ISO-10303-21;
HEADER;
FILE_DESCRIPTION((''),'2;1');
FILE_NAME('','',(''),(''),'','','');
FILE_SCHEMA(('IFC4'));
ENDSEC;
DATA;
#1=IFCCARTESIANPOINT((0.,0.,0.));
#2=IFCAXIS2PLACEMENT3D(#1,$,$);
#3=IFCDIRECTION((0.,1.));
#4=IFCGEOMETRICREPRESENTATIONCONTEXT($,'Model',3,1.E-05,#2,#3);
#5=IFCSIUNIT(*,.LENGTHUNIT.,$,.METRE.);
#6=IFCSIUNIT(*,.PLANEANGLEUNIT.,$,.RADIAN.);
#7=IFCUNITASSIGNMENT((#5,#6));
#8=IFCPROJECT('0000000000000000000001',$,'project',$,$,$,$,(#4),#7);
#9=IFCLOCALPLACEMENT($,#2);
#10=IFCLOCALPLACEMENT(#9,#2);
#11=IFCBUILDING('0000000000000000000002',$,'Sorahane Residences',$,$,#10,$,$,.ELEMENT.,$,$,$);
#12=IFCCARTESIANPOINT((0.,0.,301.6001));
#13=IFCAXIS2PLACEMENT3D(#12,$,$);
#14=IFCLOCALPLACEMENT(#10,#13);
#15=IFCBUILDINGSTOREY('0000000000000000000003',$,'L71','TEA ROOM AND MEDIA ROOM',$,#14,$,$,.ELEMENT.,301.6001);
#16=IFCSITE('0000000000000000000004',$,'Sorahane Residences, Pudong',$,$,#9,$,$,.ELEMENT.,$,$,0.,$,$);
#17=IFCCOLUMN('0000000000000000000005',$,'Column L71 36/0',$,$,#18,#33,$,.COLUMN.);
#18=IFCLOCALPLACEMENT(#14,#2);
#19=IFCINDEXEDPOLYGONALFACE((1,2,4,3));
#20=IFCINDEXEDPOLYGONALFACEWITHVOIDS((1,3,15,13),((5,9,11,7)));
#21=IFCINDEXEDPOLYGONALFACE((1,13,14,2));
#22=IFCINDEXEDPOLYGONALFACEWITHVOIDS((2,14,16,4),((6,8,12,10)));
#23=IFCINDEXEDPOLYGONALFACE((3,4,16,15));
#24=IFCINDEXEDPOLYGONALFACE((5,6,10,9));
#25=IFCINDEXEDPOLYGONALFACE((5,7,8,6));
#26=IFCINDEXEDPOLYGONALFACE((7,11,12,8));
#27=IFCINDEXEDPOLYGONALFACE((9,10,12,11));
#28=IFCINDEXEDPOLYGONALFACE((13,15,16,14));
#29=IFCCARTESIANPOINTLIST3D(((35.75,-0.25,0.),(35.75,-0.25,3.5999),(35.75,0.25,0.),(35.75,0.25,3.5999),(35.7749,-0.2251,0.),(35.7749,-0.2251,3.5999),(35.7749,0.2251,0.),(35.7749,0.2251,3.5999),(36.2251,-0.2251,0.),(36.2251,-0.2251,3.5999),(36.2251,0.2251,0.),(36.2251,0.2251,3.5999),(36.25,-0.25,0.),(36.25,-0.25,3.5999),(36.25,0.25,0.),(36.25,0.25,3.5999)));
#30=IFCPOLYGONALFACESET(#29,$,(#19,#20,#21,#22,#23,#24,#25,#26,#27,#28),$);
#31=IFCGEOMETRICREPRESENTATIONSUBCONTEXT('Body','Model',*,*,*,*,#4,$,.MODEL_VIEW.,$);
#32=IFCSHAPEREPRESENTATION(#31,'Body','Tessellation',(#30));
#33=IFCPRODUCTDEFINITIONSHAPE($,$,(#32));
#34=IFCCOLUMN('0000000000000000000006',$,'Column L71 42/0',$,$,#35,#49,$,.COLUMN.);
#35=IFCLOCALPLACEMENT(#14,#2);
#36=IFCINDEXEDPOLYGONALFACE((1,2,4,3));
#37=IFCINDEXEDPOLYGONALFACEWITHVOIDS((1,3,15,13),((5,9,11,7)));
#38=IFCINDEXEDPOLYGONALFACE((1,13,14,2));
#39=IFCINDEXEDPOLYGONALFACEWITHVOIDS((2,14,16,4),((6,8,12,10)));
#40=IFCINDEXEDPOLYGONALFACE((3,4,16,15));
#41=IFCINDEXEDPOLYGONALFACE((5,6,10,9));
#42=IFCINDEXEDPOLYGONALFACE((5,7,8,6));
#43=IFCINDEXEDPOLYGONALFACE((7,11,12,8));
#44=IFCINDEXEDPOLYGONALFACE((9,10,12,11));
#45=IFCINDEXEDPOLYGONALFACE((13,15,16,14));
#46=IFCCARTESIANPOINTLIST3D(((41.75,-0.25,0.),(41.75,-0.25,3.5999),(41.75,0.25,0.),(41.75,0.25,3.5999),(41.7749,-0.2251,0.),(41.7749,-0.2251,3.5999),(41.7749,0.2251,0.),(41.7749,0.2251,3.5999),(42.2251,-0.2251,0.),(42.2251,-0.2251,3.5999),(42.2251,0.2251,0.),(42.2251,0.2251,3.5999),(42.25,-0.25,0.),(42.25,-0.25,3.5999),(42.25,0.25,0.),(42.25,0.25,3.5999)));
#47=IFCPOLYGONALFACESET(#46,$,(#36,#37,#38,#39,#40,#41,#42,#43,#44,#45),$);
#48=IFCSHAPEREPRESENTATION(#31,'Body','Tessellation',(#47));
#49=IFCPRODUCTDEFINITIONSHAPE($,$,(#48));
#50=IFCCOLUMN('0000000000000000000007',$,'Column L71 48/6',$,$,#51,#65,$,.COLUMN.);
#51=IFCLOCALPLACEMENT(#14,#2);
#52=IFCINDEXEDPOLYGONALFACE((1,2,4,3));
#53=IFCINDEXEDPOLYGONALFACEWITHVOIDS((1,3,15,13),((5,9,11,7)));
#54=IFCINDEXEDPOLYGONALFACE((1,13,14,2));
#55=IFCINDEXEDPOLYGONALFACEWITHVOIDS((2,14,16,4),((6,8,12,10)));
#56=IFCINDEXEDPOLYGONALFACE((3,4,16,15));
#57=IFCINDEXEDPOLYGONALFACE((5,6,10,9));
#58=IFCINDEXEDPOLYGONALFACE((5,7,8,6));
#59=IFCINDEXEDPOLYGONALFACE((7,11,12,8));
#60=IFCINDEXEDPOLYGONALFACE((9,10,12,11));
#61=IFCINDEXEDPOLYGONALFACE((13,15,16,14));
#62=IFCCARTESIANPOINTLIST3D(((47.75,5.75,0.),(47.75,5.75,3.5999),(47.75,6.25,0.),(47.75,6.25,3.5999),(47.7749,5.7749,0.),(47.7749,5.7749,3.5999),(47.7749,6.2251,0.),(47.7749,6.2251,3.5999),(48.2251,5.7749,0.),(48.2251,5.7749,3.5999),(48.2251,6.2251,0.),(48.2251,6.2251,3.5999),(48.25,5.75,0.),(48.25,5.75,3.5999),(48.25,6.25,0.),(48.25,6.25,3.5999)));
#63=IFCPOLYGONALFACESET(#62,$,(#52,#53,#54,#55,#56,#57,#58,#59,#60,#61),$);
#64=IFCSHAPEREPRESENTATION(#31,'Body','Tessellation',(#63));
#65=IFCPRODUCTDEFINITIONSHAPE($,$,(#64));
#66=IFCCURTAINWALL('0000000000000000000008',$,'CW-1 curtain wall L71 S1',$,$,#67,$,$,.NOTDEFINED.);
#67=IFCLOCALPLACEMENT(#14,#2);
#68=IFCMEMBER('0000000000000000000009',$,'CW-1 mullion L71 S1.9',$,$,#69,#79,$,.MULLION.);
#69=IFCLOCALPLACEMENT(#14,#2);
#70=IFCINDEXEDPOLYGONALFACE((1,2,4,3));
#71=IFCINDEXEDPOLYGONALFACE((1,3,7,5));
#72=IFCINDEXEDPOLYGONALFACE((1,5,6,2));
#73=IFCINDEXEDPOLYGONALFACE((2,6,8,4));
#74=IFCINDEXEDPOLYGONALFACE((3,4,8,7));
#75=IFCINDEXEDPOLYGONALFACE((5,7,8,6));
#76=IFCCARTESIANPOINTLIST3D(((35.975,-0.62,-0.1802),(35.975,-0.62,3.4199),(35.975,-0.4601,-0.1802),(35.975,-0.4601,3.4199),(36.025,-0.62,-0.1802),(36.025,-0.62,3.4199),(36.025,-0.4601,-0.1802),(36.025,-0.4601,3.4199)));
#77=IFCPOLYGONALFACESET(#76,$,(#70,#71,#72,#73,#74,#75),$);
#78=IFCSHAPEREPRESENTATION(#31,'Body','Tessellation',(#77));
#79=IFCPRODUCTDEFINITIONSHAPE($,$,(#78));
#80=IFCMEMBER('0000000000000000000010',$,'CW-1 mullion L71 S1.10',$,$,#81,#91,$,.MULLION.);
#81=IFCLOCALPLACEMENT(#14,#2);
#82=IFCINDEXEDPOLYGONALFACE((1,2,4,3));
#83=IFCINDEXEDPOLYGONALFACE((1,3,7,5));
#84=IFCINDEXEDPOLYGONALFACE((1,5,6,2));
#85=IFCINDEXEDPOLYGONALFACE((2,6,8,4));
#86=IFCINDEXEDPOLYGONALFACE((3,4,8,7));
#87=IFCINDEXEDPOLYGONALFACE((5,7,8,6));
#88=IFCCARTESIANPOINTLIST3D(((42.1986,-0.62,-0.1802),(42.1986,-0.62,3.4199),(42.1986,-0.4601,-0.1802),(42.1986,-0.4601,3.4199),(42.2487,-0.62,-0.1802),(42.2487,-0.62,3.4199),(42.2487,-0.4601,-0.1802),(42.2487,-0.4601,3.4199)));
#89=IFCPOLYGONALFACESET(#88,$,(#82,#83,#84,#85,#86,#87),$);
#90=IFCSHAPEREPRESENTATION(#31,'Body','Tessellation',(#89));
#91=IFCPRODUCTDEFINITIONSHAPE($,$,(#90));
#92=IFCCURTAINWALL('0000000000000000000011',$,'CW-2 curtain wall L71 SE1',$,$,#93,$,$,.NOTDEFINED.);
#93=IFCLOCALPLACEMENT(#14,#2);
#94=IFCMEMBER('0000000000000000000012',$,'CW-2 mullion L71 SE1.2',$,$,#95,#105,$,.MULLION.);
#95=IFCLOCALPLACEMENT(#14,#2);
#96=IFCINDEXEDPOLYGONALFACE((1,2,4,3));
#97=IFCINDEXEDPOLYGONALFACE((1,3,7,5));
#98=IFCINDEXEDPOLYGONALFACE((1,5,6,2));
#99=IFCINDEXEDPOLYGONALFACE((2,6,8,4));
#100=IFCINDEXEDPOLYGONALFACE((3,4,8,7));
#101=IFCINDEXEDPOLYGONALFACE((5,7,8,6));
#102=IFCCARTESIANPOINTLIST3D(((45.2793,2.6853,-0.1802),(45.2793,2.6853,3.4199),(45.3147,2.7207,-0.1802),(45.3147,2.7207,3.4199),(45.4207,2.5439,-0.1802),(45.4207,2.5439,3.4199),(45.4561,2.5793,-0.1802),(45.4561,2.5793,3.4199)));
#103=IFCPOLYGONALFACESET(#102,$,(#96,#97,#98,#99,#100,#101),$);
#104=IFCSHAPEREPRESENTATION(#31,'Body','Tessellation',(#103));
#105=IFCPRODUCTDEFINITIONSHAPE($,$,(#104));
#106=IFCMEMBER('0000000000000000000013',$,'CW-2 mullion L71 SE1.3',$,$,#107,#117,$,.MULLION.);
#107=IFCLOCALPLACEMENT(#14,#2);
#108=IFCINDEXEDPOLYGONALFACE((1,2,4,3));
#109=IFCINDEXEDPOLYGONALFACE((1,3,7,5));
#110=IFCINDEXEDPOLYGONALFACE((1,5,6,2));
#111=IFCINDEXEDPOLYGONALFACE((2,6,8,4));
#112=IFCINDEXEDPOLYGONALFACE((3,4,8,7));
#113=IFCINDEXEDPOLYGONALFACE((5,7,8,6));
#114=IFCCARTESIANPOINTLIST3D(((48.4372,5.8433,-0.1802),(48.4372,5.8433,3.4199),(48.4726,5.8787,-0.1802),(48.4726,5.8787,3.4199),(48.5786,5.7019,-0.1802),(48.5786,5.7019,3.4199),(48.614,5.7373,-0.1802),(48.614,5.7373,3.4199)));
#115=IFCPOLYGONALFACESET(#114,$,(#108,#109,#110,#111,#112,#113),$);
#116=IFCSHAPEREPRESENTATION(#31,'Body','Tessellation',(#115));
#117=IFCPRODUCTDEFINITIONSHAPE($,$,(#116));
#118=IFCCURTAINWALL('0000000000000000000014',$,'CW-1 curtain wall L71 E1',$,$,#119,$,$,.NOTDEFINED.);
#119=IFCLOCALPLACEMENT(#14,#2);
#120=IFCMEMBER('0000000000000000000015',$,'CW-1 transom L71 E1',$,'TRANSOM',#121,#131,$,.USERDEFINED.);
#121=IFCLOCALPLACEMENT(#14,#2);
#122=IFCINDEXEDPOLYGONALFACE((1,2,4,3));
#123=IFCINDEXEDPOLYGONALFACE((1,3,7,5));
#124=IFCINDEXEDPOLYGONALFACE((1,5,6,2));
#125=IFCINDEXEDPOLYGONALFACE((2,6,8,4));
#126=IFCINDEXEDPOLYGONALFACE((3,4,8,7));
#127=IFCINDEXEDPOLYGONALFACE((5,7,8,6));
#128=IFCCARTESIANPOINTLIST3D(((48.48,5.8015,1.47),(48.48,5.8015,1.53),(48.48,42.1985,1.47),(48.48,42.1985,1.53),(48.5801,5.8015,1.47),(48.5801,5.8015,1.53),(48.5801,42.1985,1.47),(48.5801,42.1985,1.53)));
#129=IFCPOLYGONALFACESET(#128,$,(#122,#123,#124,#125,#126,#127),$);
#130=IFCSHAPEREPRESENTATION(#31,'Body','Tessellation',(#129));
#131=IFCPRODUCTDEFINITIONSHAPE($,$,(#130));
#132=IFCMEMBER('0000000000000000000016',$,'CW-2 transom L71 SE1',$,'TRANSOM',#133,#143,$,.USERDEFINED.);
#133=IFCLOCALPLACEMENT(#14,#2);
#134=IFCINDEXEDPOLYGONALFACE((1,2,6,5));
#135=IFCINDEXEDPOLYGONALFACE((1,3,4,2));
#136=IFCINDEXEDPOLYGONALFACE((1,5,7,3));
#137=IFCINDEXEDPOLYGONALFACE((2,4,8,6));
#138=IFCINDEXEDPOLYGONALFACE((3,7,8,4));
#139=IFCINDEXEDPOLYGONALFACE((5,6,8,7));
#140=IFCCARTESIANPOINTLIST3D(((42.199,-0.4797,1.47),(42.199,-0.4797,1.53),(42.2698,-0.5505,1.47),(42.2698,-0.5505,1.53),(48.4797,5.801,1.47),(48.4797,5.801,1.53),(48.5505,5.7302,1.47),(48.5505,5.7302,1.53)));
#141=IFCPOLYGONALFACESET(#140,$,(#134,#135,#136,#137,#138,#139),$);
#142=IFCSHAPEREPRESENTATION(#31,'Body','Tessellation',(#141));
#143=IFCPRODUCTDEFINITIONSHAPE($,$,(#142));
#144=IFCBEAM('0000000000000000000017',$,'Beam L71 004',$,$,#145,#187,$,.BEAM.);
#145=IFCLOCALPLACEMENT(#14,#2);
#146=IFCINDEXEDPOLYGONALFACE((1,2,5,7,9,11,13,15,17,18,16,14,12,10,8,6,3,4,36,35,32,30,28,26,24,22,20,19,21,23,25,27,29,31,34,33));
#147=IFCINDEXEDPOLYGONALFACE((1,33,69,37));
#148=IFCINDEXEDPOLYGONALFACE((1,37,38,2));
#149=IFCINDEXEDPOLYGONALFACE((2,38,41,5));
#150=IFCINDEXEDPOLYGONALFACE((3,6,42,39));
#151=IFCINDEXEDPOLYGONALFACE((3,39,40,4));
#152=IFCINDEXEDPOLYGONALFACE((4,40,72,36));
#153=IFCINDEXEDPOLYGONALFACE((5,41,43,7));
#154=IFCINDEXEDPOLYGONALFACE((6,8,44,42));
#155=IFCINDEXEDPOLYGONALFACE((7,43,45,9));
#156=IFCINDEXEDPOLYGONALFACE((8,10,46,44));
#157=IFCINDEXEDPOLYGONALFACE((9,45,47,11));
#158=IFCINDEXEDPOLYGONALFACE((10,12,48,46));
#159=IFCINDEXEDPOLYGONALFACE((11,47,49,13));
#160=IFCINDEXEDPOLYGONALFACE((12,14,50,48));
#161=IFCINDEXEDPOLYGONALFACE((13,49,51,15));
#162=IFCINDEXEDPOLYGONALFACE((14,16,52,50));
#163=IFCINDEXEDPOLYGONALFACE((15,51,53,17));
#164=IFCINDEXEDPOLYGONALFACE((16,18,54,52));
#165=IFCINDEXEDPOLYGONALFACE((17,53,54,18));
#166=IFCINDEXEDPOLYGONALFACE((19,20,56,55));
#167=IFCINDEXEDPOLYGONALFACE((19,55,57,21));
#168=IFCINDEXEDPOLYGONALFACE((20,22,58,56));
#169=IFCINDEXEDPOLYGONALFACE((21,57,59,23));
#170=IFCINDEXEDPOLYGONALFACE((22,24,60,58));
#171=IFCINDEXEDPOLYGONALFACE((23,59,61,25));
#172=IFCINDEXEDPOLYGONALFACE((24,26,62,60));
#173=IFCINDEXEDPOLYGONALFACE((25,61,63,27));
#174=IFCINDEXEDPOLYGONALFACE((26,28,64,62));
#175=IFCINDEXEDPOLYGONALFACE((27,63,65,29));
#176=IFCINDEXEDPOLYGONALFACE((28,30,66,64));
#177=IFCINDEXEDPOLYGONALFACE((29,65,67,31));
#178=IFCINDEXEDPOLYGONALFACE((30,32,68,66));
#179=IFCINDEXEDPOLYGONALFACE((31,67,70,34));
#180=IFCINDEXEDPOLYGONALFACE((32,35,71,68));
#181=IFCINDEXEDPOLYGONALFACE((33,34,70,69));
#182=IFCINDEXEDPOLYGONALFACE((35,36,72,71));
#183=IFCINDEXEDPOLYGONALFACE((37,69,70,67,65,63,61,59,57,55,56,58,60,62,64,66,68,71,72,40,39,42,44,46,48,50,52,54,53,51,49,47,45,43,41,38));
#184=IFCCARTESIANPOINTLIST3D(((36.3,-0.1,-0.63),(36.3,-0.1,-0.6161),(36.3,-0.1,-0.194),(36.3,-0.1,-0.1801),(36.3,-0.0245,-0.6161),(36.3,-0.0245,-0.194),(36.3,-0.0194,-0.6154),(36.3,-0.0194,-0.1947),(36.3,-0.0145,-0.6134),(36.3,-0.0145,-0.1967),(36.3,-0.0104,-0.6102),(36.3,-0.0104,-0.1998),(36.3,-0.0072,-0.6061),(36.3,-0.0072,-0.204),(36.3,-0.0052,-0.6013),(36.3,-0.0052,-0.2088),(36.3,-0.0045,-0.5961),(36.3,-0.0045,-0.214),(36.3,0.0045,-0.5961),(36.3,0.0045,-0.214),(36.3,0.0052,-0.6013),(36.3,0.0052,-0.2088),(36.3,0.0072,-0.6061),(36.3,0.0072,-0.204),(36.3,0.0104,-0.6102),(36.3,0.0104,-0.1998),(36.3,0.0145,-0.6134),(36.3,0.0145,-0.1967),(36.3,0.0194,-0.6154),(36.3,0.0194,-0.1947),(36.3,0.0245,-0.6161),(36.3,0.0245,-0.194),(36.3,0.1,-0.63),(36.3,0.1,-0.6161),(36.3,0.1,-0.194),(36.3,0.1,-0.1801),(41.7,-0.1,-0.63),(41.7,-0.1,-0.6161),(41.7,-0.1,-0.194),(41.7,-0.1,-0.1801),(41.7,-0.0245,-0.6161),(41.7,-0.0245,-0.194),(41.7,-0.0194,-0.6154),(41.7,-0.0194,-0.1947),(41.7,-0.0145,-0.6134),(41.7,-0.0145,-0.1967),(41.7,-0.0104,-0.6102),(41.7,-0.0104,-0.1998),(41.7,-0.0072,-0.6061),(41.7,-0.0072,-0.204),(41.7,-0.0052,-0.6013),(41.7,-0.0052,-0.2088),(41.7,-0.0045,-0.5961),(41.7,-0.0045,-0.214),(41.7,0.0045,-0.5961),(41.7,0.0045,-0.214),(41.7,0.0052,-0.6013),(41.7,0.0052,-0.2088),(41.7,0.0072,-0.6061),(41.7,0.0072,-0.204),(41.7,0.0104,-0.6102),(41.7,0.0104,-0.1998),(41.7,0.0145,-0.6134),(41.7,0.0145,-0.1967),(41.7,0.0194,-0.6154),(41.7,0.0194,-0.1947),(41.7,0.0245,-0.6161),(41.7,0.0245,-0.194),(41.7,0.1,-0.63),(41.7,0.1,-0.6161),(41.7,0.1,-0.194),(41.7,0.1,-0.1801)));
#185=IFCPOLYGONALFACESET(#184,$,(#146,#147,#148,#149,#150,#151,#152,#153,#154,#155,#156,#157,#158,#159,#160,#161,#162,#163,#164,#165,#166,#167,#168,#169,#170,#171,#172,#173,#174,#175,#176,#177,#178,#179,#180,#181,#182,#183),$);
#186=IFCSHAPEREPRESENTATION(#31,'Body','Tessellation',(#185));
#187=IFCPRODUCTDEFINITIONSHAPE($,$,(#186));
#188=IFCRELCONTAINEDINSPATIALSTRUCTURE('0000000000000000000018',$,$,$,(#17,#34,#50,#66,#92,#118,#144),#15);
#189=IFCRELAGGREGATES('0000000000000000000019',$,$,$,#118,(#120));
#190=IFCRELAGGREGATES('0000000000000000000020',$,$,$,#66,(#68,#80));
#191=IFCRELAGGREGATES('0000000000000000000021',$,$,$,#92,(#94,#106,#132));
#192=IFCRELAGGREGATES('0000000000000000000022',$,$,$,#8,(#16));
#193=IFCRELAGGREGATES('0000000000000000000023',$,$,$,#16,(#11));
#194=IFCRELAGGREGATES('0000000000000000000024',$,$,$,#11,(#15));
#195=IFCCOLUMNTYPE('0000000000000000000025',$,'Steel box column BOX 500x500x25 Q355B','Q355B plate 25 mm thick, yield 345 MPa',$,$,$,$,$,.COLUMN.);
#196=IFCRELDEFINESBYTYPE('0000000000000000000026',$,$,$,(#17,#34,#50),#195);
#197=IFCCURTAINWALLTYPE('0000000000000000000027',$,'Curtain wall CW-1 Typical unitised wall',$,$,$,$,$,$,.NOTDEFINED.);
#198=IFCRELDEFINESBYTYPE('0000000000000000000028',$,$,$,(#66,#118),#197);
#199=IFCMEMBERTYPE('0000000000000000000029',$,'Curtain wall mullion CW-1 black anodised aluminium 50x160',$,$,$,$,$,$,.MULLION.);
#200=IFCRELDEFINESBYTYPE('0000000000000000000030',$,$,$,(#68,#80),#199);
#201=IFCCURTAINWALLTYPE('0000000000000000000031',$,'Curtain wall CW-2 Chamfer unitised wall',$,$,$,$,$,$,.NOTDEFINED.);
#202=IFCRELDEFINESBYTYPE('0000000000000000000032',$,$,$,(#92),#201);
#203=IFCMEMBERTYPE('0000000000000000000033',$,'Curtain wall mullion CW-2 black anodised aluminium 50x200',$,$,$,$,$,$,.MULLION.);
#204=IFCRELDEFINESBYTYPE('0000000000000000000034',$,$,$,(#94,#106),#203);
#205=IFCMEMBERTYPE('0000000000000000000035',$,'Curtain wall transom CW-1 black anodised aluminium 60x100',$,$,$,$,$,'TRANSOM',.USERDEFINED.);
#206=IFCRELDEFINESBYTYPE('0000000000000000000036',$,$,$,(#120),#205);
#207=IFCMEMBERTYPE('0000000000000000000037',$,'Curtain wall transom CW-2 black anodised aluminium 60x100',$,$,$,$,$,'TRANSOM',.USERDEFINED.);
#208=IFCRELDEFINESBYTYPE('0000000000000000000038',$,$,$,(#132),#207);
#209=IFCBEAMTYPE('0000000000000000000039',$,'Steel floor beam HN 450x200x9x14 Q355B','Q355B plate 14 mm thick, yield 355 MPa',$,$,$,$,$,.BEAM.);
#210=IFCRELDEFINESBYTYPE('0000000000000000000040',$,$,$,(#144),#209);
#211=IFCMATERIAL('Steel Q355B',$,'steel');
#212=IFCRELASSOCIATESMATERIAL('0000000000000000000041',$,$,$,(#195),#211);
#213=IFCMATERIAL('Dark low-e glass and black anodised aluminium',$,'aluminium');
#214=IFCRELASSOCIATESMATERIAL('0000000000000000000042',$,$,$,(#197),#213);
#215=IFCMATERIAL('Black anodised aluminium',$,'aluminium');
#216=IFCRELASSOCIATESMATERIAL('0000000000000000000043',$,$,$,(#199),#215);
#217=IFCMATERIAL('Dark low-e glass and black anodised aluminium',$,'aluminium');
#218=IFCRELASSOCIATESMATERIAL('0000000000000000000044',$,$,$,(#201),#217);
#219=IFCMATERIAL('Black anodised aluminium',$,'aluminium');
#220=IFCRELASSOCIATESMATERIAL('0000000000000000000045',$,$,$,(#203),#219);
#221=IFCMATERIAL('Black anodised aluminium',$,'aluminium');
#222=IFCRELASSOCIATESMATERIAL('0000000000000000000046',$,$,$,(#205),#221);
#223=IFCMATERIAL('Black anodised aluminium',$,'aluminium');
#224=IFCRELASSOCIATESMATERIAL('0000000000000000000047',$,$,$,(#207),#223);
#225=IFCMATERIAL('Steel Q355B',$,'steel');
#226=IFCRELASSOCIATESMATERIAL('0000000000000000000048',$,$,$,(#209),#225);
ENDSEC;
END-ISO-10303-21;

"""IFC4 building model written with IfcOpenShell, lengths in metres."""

from ifc_helpers import new_model, si_unit, direction, frame, origin, origin_2d, place, context, subcontext, project, spatial, rectangle, hollow_rectangle, i_section, extrude, material, material_profile, profile_set, type_object, element, aggregate, save


model = new_model("IFC4")

# Units and contexts
model_context = context("Model", 3, precision=1e-05, world=origin(), true_north=direction((0.0, 1.0)))
body_context = subcontext(model_context, "Body", "Model", "MODEL_VIEW")
ifc_project = project(units=[si_unit("LENGTHUNIT", "METRE"), si_unit("PLANEANGLEUNIT", "RADIAN")], contexts=[model_context])

# Site, building, storey
site_placement = place(None, origin())
site = spatial("IfcSite", under=ifc_project, at=site_placement, Name="Sorahane Residences, Pudong", CompositionType="ELEMENT", RefElevation=0.0)
building_placement = place(site_placement, origin())
building = spatial("IfcBuilding", under=site, at=building_placement, Name="Sorahane Residences", CompositionType="ELEMENT")
storey_placement = place(building_placement, frame((0.0, 0.0, 301.6001)))
storey = spatial("IfcBuildingStorey", under=building, at=storey_placement, Name="L71", Description="TEA ROOM AND MEDIA ROOM", CompositionType="ELEMENT", Elevation=301.6001)

# Columns
ifc_material_1 = material(Name="Steel Q355B", Category="steel")
ifc_material_profile_1 = material_profile(ifc_material_1, hollow_rectangle(XDim=0.5, YDim=0.5, WallThickness=0.0249, at=origin_2d()), Name="BOX 500x500x25")
ifc_profile_set_1 = profile_set([ifc_material_profile_1], Name="Steel Q355B")
column_type = type_object("IfcColumnType", Name="Steel box column BOX 500x500x25 Q355B", Description="Q355B plate 25 mm thick, yield 345 MPa", PredefinedType="COLUMN", material=ifc_profile_set_1)
for number, where, z_axis, x_axis, name in (
    (1, (36.0, 0.0, 0.0), (0.0, 0.0, 1.0), (1.0, 0.0, 0.0), "Column L71 36/0"),
    (2, (42.0, 0.0, 0.0), (0.0, 0.0, 1.0), (1.0, 0.0, 0.0), "Column L71 42/0"),
    (3, (48.0, 6.0, 0.0), (0.0, 0.0, 1.0), (1.0, 0.0, 0.0), "Column L71 48/6"),
):
    element("IfcColumn", number, at=place(storey_placement, frame(where, z_axis=z_axis, x_axis=x_axis)), inside=storey, type_object=column_type, Name=name, PredefinedType="COLUMN", context=body_context, shape_type="SweptSolid", body=[
        extrude(hollow_rectangle(XDim=0.5, YDim=0.5, WallThickness=0.0249, at=origin_2d()), origin(), (0.0, 0.0, 1.0), 3.5999),
    ])

# Curtain walls, members
ifc_material_2 = material(Name="Dark low-e glass and black anodised aluminium", Category="aluminium")
curtain_wall_type_1 = type_object("IfcCurtainWallType", Name="Curtain wall CW-1 Typical unitised wall", PredefinedType="NOTDEFINED", material=ifc_material_2)
curtain_wall_1_placement = place(storey_placement, origin())
curtain_wall_1 = element("IfcCurtainWall", 4, at=curtain_wall_1_placement, inside=storey, type_object=curtain_wall_type_1, Name="CW-1 curtain wall L71 S1", PredefinedType="NOTDEFINED")
ifc_material_3 = material(Name="Black anodised aluminium", Category="aluminium")
ifc_material_profile_2 = material_profile(ifc_material_3, rectangle(XDim=0.1599, YDim=0.05, at=origin_2d()), Name="Curtain wall mullion CW-1 black anodised aluminium 50x160")
ifc_profile_set_2 = profile_set([ifc_material_profile_2], Name="Black anodised aluminium")
member_type_1 = type_object("IfcMemberType", Name="Curtain wall mullion CW-1 black anodised aluminium 50x160", PredefinedType="MULLION", material=ifc_profile_set_2)
member_1_placement = place(storey_placement, frame((36.0, -0.54, -0.1802), z_axis=(0.0, 0.0, 1.0), x_axis=(0.0, -1.0, 0.0)))
member_1 = element("IfcMember", 5, at=member_1_placement, type_object=member_type_1, Name="CW-1 mullion L71 S1.9", PredefinedType="MULLION", context=body_context, shape_type="SweptSolid", body=[
    extrude(rectangle(XDim=0.1599, YDim=0.05, at=origin_2d()), origin(), (0.0, 0.0, 1.0), 3.6001),
])
member_2_placement = place(storey_placement, frame((42.2236, -0.54, -0.1802), z_axis=(0.0, 0.0, 1.0), x_axis=(0.0, -1.0, 0.0)))
member_2 = element("IfcMember", 6, at=member_2_placement, type_object=member_type_1, Name="CW-1 mullion L71 S1.10", PredefinedType="MULLION", context=body_context, shape_type="SweptSolid", body=[
    extrude(rectangle(XDim=0.1599, YDim=0.05, at=origin_2d()), origin(), (0.0, 0.0, 1.0), 3.6001),
])
ifc_material_4 = material(Name="Dark low-e glass and black anodised aluminium", Category="aluminium")
curtain_wall_type_2 = type_object("IfcCurtainWallType", Name="Curtain wall CW-2 Chamfer unitised wall", PredefinedType="NOTDEFINED", material=ifc_material_4)
curtain_wall_2_placement = place(storey_placement, origin())
curtain_wall_2 = element("IfcCurtainWall", 7, at=curtain_wall_2_placement, inside=storey, type_object=curtain_wall_type_2, Name="CW-2 curtain wall L71 SE1", PredefinedType="NOTDEFINED")
ifc_material_5 = material(Name="Black anodised aluminium", Category="aluminium")
ifc_material_profile_3 = material_profile(ifc_material_5, rectangle(XDim=0.2, YDim=0.05, at=origin_2d()), Name="Curtain wall mullion CW-2 black anodised aluminium 50x200")
ifc_profile_set_3 = profile_set([ifc_material_profile_3], Name="Black anodised aluminium")
member_type_2 = type_object("IfcMemberType", Name="Curtain wall mullion CW-2 black anodised aluminium 50x200", PredefinedType="MULLION", material=ifc_profile_set_3)
member_3_placement = place(storey_placement, frame((45.3677, 2.6323, -0.1802), z_axis=(0.0, 0.0, 1.0), x_axis=(0.707107, -0.707107, 0.0)))
member_3 = element("IfcMember", 8, at=member_3_placement, type_object=member_type_2, Name="CW-2 mullion L71 SE1.2", PredefinedType="MULLION", context=body_context, shape_type="SweptSolid", body=[
    extrude(rectangle(XDim=0.2, YDim=0.05, at=origin_2d()), origin(), (0.0, 0.0, 1.0), 3.6001),
])
member_4_placement = place(storey_placement, frame((48.5256, 5.7903, -0.1802), z_axis=(0.0, 0.0, 1.0), x_axis=(0.707107, -0.707107, 0.0)))
member_4 = element("IfcMember", 9, at=member_4_placement, type_object=member_type_2, Name="CW-2 mullion L71 SE1.3", PredefinedType="MULLION", context=body_context, shape_type="SweptSolid", body=[
    extrude(rectangle(XDim=0.2, YDim=0.05, at=origin_2d()), origin(), (0.0, 0.0, 1.0), 3.6001),
])

# Curtain wall, member
curtain_wall_3_placement = place(storey_placement, origin())
curtain_wall_3 = element("IfcCurtainWall", 10, at=curtain_wall_3_placement, inside=storey, type_object=curtain_wall_type_1, Name="CW-1 curtain wall L71 E1", PredefinedType="NOTDEFINED")
ifc_material_6 = material(Name="Black anodised aluminium", Category="aluminium")
ifc_material_profile_4 = material_profile(ifc_material_6, rectangle(XDim=0.1001, YDim=0.0601, at=origin_2d()), Name="Curtain wall transom CW-1 black anodised aluminium 60x100")
ifc_profile_set_4 = profile_set([ifc_material_profile_4], Name="Black anodised aluminium")
member_type_3 = type_object("IfcMemberType", Name="Curtain wall transom CW-1 black anodised aluminium 60x100", ElementType="TRANSOM", PredefinedType="USERDEFINED", material=ifc_profile_set_4)
member_5_placement = place(storey_placement, frame((48.53, 5.8015, 1.5), z_axis=(0.0, 1.0, 0.0), x_axis=(-1.0, 0.0, 0.0)))
member_5 = element("IfcMember", 11, at=member_5_placement, type_object=member_type_3, Name="CW-1 transom L71 E1", ObjectType="TRANSOM", PredefinedType="USERDEFINED", context=body_context, shape_type="SweptSolid", body=[
    extrude(rectangle(XDim=0.1001, YDim=0.0601, at=origin_2d()), origin(), (0.0, 0.0, 1.0), 36.397),
])
aggregate(curtain_wall_3, [member_5])

# Member
ifc_material_7 = material(Name="Black anodised aluminium", Category="aluminium")
ifc_material_profile_5 = material_profile(ifc_material_7, rectangle(XDim=0.1001, YDim=0.0601, at=origin_2d()), Name="Curtain wall transom CW-2 black anodised aluminium 60x100")
ifc_profile_set_5 = profile_set([ifc_material_profile_5], Name="Black anodised aluminium")
member_type_4 = type_object("IfcMemberType", Name="Curtain wall transom CW-2 black anodised aluminium 60x100", ElementType="TRANSOM", PredefinedType="USERDEFINED", material=ifc_profile_set_5)
member_6_placement = place(storey_placement, frame((42.2344, -0.5151, 1.5), z_axis=(0.707107, 0.707107, 0.0), x_axis=(-0.707107, 0.707107, 0.0)))
member_6 = element("IfcMember", 12, at=member_6_placement, type_object=member_type_4, Name="CW-2 transom L71 SE1", ObjectType="TRANSOM", PredefinedType="USERDEFINED", context=body_context, shape_type="SweptSolid", body=[
    extrude(rectangle(XDim=0.1001, YDim=0.0601, at=origin_2d()), origin(), (0.0, 0.0, 1.0), 8.8823),
])

# Beam
ifc_material_8 = material(Name="Steel Q355B", Category="steel")
ifc_material_profile_6 = material_profile(ifc_material_8, i_section(OverallWidth=0.2, OverallDepth=0.45, WebThickness=0.009, FlangeThickness=0.0139, FilletRadius=0.02, at=origin_2d()), Name="HN 450x200x9x14")
ifc_profile_set_6 = profile_set([ifc_material_profile_6], Name="Steel Q355B")
beam_type_1 = type_object("IfcBeamType", Name="Steel floor beam HN 450x200x9x14 Q355B", Description="Q355B plate 14 mm thick, yield 355 MPa", PredefinedType="BEAM", material=ifc_profile_set_6)
for number, where, z_axis, x_axis, name in (
    (13, (36.3, 0.0, -0.405), (1.0, 0.0, 0.0), (0.0, 1.0, 0.0), "Beam L71 004"),
):
    element("IfcBeam", number, at=place(storey_placement, frame(where, z_axis=z_axis, x_axis=x_axis)), inside=storey, type_object=beam_type_1, Name=name, PredefinedType="BEAM", context=body_context, shape_type="SweptSolid", body=[
        extrude(i_section(OverallWidth=0.2, OverallDepth=0.45, WebThickness=0.009, FlangeThickness=0.0139, FilletRadius=0.02, at=origin_2d()), origin(), (0.0, 0.0, 1.0), 5.3999),
    ])

aggregate(curtain_wall_1, [member_1, member_2])
aggregate(curtain_wall_2, [member_3, member_4, member_6])

save(model, "model.ifc")
